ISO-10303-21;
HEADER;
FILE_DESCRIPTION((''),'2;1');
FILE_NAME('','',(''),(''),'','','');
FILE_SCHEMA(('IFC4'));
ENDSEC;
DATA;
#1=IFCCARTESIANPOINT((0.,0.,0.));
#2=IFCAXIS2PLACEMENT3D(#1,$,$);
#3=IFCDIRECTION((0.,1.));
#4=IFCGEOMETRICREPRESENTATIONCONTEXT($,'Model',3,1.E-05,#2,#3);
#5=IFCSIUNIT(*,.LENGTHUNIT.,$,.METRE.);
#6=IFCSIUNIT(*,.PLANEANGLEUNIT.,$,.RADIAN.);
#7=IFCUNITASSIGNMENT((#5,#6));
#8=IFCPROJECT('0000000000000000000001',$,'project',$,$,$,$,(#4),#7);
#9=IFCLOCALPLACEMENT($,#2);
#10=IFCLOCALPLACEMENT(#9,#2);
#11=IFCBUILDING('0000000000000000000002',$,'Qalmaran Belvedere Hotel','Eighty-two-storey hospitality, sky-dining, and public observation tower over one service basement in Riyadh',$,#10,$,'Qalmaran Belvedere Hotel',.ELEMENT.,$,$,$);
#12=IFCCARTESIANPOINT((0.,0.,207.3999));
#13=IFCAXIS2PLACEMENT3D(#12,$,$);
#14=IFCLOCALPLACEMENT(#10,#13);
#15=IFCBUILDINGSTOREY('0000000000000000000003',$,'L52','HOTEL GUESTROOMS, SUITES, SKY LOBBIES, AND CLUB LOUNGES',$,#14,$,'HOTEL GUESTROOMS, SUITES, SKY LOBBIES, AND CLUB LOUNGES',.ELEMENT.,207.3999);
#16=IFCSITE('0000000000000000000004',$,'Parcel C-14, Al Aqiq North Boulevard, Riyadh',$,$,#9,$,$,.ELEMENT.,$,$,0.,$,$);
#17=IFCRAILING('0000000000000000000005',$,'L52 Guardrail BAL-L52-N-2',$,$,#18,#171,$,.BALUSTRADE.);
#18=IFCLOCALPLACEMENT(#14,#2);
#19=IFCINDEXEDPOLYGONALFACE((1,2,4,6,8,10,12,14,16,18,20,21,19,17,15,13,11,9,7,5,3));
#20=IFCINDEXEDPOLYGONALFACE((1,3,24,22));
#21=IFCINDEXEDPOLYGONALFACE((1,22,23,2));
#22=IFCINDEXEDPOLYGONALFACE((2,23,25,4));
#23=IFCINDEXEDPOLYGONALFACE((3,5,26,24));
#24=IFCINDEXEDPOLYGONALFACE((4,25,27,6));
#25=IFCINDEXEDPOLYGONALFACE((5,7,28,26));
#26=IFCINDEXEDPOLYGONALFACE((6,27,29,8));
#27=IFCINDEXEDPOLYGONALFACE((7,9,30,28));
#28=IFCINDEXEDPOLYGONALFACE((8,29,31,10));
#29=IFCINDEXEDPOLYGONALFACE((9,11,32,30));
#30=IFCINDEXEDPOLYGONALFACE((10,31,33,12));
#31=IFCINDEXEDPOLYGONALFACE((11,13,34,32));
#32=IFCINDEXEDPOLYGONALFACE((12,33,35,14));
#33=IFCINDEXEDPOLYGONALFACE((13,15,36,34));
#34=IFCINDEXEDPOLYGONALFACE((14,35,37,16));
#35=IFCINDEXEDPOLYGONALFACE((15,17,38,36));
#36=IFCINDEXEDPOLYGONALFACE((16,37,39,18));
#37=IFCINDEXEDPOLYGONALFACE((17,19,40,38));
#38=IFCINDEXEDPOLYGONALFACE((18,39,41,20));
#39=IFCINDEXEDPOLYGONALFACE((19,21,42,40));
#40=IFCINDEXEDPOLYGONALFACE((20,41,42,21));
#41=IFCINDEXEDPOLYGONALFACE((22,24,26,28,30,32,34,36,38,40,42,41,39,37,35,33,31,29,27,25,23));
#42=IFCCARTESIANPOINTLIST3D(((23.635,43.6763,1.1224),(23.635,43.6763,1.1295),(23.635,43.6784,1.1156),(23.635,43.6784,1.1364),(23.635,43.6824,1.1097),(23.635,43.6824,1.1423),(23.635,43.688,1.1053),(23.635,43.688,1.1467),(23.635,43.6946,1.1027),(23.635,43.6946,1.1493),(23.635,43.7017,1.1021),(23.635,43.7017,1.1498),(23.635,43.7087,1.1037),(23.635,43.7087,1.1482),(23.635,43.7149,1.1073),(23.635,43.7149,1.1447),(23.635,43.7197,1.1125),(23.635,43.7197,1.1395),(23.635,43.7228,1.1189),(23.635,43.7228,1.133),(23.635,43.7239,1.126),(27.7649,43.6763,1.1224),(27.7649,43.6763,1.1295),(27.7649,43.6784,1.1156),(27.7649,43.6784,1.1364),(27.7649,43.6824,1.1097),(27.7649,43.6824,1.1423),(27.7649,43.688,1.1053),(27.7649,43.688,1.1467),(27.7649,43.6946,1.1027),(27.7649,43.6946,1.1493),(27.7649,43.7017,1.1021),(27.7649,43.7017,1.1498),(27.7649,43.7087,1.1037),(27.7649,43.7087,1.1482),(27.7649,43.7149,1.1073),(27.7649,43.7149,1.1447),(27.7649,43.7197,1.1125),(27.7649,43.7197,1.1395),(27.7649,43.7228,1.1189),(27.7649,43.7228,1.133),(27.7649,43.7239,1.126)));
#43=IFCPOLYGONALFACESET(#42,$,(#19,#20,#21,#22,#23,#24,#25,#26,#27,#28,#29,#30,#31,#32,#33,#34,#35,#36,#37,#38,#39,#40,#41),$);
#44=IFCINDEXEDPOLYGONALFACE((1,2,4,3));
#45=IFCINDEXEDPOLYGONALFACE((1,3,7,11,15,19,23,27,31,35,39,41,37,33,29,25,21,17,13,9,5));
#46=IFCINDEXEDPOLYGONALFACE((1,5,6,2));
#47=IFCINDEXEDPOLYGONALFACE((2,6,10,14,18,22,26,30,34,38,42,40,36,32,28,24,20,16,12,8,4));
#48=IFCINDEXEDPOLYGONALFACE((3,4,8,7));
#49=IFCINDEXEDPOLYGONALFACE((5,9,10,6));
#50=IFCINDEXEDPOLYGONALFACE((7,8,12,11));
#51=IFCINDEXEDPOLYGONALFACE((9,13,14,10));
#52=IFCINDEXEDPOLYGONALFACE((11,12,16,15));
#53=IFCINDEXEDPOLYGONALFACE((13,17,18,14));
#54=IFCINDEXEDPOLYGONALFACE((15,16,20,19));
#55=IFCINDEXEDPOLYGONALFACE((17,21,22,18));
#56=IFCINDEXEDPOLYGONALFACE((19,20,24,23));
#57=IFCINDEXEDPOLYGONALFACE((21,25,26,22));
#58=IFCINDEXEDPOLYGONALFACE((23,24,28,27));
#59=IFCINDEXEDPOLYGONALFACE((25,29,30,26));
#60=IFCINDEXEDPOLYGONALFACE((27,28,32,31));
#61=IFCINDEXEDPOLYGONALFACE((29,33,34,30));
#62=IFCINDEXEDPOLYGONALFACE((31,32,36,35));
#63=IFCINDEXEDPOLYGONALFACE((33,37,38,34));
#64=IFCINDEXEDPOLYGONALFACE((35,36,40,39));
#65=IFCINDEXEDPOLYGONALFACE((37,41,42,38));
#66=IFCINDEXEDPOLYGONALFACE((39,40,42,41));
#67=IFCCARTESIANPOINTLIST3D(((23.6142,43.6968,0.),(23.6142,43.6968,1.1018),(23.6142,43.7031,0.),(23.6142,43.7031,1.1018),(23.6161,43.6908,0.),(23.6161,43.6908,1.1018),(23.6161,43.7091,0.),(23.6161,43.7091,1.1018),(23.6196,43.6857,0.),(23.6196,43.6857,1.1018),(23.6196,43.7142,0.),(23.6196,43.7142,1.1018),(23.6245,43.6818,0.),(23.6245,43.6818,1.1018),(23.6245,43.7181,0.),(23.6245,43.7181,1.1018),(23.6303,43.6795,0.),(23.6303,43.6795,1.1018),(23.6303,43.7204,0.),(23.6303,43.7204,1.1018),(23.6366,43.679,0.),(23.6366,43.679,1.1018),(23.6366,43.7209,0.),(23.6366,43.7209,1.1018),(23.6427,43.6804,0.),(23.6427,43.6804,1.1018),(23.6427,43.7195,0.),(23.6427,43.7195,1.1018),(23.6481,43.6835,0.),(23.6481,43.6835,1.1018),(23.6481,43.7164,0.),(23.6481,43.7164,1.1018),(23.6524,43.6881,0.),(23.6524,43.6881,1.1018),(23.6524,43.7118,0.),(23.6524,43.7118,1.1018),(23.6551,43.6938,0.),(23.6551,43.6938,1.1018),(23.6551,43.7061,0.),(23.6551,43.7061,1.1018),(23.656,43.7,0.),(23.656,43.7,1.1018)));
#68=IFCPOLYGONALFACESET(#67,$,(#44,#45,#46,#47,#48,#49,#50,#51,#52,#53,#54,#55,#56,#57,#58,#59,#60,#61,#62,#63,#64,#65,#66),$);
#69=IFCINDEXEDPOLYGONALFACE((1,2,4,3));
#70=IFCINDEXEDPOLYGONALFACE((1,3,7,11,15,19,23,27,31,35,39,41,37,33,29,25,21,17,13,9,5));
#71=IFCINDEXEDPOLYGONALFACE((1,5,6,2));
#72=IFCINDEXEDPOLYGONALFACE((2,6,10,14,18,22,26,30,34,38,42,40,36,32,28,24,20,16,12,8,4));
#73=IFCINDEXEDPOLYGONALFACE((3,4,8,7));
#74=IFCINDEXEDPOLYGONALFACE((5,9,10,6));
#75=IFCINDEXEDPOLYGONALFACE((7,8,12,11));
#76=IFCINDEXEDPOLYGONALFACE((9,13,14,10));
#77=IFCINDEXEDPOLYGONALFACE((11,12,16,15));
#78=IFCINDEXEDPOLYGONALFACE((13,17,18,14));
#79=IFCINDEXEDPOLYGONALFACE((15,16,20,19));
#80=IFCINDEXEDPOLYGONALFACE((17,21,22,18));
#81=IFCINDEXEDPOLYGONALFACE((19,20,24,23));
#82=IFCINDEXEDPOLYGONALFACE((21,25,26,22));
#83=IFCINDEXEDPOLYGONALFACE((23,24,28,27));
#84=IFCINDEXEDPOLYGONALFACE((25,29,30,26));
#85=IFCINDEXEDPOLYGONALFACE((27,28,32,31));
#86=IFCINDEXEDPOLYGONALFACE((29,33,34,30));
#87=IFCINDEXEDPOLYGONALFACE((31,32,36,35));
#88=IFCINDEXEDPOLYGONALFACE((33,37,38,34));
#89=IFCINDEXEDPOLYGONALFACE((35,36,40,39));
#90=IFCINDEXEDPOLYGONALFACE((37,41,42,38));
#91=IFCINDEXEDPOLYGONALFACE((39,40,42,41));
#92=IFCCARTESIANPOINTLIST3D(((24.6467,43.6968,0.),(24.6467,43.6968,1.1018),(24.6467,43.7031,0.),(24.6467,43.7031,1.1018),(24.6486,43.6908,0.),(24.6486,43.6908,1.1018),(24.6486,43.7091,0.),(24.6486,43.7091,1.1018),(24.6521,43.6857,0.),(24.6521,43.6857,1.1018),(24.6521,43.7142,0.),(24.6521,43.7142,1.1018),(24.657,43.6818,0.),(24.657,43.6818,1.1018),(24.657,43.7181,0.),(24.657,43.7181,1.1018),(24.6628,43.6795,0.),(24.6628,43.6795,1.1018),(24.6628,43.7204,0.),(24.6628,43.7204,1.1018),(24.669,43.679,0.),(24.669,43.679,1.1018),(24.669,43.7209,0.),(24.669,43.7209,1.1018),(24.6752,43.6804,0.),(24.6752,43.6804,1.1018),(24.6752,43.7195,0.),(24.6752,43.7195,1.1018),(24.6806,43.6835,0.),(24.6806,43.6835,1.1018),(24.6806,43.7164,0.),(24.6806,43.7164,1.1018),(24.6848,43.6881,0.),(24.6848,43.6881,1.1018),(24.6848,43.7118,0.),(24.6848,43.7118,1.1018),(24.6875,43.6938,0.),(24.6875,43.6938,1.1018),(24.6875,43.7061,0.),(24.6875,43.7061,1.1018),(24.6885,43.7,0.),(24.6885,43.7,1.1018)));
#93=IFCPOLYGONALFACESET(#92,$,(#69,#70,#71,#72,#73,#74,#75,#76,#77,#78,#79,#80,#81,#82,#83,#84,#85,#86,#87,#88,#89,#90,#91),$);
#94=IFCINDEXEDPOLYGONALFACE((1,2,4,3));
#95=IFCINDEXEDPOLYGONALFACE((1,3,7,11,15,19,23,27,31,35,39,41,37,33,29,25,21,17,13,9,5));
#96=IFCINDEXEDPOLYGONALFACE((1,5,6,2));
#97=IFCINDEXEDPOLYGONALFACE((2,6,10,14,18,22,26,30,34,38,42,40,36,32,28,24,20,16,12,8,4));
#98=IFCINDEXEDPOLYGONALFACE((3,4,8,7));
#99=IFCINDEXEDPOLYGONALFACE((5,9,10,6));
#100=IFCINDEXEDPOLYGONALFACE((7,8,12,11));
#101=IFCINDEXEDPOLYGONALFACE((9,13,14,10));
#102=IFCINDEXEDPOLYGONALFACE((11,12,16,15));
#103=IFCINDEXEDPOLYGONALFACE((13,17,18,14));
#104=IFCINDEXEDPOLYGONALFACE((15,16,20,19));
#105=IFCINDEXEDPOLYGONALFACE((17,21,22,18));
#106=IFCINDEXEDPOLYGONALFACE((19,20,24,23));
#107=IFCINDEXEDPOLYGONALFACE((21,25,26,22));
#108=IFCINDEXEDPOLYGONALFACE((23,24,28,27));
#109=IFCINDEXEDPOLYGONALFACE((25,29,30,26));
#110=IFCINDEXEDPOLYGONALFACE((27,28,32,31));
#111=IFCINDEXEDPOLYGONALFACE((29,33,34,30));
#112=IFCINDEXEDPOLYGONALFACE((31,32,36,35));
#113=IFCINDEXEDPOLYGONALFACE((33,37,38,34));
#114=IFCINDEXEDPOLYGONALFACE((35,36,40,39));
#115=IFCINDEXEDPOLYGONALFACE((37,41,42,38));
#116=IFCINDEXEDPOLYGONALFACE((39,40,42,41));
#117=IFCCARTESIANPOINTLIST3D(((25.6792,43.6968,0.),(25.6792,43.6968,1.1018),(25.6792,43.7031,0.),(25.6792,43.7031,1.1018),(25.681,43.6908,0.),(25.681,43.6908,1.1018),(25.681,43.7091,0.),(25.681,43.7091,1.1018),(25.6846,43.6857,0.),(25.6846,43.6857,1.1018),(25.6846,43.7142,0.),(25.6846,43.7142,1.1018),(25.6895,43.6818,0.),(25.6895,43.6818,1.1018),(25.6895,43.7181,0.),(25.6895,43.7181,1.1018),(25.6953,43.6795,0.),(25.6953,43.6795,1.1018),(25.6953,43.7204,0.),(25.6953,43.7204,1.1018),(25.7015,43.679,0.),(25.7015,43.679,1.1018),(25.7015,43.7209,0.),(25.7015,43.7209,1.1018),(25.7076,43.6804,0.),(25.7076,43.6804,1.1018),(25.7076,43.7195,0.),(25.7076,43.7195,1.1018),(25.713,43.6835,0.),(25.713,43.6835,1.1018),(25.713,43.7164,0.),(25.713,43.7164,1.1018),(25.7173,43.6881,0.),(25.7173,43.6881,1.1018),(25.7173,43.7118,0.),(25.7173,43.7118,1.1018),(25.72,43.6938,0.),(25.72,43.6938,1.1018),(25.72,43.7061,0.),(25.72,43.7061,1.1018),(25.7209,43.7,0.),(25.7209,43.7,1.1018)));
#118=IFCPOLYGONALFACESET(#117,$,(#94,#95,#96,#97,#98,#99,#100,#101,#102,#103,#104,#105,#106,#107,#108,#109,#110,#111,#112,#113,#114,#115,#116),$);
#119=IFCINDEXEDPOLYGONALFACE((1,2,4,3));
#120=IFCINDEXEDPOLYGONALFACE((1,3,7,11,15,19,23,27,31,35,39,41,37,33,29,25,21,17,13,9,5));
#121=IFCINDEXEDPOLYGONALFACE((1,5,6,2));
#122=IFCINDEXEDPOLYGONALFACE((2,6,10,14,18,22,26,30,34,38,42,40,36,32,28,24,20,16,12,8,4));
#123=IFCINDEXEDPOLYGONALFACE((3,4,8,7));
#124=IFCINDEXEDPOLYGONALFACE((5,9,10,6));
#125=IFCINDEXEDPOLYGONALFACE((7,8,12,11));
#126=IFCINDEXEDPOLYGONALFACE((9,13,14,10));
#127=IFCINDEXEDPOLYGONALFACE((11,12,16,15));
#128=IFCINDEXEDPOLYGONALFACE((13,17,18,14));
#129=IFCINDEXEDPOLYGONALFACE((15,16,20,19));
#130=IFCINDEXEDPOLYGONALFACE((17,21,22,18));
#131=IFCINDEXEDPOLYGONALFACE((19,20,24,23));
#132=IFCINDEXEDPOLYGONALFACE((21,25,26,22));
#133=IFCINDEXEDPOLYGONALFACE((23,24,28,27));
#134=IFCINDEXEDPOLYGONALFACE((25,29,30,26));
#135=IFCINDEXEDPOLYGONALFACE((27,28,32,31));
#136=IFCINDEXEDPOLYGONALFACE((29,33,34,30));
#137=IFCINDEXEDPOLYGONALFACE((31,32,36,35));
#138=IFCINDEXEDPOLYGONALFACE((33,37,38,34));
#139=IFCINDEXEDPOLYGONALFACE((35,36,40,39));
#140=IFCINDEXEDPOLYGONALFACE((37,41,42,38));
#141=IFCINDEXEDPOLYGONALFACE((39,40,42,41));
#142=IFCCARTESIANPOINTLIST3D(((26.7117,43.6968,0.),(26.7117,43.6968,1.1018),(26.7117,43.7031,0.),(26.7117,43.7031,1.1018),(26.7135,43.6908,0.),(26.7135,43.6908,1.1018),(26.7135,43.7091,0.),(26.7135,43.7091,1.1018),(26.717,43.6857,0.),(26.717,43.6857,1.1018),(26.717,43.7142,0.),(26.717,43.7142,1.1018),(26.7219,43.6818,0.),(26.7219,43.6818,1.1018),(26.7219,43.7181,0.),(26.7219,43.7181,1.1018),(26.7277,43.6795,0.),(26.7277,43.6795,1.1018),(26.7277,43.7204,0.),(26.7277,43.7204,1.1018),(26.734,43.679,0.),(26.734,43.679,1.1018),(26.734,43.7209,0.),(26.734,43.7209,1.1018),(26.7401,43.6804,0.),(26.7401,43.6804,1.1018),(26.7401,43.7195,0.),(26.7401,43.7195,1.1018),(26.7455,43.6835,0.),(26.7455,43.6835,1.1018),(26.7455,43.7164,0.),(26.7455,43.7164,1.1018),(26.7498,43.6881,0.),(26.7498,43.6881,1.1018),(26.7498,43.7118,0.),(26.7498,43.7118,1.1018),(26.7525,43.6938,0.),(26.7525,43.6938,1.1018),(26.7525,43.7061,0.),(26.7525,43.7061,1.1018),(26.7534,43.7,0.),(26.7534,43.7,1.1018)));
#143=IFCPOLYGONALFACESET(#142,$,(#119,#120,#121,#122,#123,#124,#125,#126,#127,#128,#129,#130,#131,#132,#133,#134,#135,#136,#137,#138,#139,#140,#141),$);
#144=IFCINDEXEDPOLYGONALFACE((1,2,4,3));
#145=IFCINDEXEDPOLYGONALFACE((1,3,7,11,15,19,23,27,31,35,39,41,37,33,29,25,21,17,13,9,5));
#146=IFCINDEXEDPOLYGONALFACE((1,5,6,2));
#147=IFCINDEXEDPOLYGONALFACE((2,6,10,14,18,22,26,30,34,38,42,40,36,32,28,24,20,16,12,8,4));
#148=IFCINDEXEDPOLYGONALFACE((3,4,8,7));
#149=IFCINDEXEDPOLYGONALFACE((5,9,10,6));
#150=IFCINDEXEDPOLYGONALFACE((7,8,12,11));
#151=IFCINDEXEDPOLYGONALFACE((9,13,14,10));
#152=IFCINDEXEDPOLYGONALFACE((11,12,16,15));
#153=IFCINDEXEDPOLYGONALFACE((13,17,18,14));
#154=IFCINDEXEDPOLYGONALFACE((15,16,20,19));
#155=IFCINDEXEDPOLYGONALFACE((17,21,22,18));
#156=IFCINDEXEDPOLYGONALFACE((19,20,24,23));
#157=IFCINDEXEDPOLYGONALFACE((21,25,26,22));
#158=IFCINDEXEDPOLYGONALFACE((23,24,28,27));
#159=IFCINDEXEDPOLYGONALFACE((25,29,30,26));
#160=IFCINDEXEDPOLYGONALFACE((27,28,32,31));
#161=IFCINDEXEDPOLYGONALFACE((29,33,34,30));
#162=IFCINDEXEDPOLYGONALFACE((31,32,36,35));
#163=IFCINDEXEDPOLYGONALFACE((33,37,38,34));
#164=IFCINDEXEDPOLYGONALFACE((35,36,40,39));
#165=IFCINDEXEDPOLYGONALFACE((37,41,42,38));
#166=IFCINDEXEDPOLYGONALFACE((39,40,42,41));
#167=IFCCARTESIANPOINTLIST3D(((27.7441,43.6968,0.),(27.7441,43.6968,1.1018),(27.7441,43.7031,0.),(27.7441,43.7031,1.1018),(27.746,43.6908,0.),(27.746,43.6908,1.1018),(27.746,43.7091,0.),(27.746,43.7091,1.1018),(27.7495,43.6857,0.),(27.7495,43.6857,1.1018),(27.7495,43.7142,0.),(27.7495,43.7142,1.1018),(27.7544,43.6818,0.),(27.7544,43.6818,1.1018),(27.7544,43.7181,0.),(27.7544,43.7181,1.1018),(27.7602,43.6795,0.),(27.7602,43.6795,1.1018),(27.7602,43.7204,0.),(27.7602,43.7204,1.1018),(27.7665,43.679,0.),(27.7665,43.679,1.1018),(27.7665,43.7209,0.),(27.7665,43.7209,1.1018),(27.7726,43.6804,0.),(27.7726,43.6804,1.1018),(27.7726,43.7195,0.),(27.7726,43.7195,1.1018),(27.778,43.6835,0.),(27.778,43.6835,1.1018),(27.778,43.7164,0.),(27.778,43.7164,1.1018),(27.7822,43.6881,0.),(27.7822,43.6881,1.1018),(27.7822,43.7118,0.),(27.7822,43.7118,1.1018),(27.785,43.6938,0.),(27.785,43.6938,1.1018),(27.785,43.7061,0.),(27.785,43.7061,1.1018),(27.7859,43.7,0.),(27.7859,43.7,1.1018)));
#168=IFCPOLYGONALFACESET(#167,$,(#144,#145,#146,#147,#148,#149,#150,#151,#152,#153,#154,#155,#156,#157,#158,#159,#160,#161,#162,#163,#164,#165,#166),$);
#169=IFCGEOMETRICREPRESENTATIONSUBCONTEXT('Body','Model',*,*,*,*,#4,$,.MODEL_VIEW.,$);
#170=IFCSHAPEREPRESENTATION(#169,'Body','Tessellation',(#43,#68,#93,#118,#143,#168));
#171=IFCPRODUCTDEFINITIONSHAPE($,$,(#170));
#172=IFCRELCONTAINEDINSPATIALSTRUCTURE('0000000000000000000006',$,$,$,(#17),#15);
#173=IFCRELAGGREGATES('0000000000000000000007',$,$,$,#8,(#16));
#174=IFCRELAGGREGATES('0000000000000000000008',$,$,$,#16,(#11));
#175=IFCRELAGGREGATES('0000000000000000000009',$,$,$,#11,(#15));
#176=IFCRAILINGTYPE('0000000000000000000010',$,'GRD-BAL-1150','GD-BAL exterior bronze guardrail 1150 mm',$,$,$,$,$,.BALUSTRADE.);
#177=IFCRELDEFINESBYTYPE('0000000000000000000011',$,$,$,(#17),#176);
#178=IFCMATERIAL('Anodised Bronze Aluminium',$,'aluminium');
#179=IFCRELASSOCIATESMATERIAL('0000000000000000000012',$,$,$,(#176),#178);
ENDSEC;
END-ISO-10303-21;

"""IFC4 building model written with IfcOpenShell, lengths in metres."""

from ifc_helpers import new_model, si_unit, direction, frame, origin, origin_2d, place, context, subcontext, project, spatial, circle, extrude, material, type_object, element, save


model = new_model("IFC4")

# Units and contexts
model_context = context("Model", 3, precision=1e-05, world=origin(), true_north=direction((0.0, 1.0)))
body_context = subcontext(model_context, "Body", "Model", "MODEL_VIEW")
ifc_project = project(units=[si_unit("LENGTHUNIT", "METRE"), si_unit("PLANEANGLEUNIT", "RADIAN")], contexts=[model_context])

# Site, building, storey
site_placement = place(None, origin())
site = spatial("IfcSite", under=ifc_project, at=site_placement, Name="Parcel C-14, Al Aqiq North Boulevard, Riyadh", CompositionType="ELEMENT", RefElevation=0.0)
building_placement = place(site_placement, origin())
building = spatial("IfcBuilding", under=site, at=building_placement, Name="Qalmaran Belvedere Hotel", Description="Eighty-two-storey hospitality, sky-dining, and public observation tower over one service basement in Riyadh", LongName="Qalmaran Belvedere Hotel", CompositionType="ELEMENT")
storey_placement = place(building_placement, frame((0.0, 0.0, 207.3999)))
storey = spatial("IfcBuildingStorey", under=building, at=storey_placement, Name="L52", Description="HOTEL GUESTROOMS, SUITES, SKY LOBBIES, AND CLUB LOUNGES", LongName="HOTEL GUESTROOMS, SUITES, SKY LOBBIES, AND CLUB LOUNGES", CompositionType="ELEMENT", Elevation=207.3999)

# Shared definitions
ifc_material_1 = material(Name="Anodised Bronze Aluminium", Category="aluminium")

# Railing
railing_type = type_object("IfcRailingType", Name="GRD-BAL-1150", Description="GD-BAL exterior bronze guardrail 1150 mm", PredefinedType="BALUSTRADE", material=ifc_material_1)
railing_1_placement = place(storey_placement, frame((23.635, 43.7, 0.0)))
element("IfcRailing", 1, at=railing_1_placement, inside=storey, type_object=railing_type, Name="L52 Guardrail BAL-L52-N-2", PredefinedType="BALUSTRADE", context=body_context, shape_type="SweptSolid", body=[
    extrude(circle(Radius=0.0239, at=origin_2d()), frame((0.0, 0.0, 1.126), z_axis=(1.0, 0.0, 0.0), x_axis=(0.0, 1.0, 0.0)), (0.0, 0.0, 1.0), 4.1299),
    extrude(circle(Radius=0.021, at=origin_2d()), origin(), (0.0, 0.0, 1.0), 1.1018),
    extrude(circle(Radius=0.021, at=origin_2d()), frame((1.0325, 0.0, 0.0)), (0.0, 0.0, 1.0), 1.1018),
    extrude(circle(Radius=0.021, at=origin_2d()), frame((2.0649, 0.0, 0.0)), (0.0, 0.0, 1.0), 1.1018),
    extrude(circle(Radius=0.021, at=origin_2d()), frame((3.0974, 0.0, 0.0)), (0.0, 0.0, 1.0), 1.1018),
    extrude(circle(Radius=0.021, at=origin_2d()), frame((4.1299, 0.0, 0.0)), (0.0, 0.0, 1.0), 1.1018),
])

save(model, "model.ifc")
